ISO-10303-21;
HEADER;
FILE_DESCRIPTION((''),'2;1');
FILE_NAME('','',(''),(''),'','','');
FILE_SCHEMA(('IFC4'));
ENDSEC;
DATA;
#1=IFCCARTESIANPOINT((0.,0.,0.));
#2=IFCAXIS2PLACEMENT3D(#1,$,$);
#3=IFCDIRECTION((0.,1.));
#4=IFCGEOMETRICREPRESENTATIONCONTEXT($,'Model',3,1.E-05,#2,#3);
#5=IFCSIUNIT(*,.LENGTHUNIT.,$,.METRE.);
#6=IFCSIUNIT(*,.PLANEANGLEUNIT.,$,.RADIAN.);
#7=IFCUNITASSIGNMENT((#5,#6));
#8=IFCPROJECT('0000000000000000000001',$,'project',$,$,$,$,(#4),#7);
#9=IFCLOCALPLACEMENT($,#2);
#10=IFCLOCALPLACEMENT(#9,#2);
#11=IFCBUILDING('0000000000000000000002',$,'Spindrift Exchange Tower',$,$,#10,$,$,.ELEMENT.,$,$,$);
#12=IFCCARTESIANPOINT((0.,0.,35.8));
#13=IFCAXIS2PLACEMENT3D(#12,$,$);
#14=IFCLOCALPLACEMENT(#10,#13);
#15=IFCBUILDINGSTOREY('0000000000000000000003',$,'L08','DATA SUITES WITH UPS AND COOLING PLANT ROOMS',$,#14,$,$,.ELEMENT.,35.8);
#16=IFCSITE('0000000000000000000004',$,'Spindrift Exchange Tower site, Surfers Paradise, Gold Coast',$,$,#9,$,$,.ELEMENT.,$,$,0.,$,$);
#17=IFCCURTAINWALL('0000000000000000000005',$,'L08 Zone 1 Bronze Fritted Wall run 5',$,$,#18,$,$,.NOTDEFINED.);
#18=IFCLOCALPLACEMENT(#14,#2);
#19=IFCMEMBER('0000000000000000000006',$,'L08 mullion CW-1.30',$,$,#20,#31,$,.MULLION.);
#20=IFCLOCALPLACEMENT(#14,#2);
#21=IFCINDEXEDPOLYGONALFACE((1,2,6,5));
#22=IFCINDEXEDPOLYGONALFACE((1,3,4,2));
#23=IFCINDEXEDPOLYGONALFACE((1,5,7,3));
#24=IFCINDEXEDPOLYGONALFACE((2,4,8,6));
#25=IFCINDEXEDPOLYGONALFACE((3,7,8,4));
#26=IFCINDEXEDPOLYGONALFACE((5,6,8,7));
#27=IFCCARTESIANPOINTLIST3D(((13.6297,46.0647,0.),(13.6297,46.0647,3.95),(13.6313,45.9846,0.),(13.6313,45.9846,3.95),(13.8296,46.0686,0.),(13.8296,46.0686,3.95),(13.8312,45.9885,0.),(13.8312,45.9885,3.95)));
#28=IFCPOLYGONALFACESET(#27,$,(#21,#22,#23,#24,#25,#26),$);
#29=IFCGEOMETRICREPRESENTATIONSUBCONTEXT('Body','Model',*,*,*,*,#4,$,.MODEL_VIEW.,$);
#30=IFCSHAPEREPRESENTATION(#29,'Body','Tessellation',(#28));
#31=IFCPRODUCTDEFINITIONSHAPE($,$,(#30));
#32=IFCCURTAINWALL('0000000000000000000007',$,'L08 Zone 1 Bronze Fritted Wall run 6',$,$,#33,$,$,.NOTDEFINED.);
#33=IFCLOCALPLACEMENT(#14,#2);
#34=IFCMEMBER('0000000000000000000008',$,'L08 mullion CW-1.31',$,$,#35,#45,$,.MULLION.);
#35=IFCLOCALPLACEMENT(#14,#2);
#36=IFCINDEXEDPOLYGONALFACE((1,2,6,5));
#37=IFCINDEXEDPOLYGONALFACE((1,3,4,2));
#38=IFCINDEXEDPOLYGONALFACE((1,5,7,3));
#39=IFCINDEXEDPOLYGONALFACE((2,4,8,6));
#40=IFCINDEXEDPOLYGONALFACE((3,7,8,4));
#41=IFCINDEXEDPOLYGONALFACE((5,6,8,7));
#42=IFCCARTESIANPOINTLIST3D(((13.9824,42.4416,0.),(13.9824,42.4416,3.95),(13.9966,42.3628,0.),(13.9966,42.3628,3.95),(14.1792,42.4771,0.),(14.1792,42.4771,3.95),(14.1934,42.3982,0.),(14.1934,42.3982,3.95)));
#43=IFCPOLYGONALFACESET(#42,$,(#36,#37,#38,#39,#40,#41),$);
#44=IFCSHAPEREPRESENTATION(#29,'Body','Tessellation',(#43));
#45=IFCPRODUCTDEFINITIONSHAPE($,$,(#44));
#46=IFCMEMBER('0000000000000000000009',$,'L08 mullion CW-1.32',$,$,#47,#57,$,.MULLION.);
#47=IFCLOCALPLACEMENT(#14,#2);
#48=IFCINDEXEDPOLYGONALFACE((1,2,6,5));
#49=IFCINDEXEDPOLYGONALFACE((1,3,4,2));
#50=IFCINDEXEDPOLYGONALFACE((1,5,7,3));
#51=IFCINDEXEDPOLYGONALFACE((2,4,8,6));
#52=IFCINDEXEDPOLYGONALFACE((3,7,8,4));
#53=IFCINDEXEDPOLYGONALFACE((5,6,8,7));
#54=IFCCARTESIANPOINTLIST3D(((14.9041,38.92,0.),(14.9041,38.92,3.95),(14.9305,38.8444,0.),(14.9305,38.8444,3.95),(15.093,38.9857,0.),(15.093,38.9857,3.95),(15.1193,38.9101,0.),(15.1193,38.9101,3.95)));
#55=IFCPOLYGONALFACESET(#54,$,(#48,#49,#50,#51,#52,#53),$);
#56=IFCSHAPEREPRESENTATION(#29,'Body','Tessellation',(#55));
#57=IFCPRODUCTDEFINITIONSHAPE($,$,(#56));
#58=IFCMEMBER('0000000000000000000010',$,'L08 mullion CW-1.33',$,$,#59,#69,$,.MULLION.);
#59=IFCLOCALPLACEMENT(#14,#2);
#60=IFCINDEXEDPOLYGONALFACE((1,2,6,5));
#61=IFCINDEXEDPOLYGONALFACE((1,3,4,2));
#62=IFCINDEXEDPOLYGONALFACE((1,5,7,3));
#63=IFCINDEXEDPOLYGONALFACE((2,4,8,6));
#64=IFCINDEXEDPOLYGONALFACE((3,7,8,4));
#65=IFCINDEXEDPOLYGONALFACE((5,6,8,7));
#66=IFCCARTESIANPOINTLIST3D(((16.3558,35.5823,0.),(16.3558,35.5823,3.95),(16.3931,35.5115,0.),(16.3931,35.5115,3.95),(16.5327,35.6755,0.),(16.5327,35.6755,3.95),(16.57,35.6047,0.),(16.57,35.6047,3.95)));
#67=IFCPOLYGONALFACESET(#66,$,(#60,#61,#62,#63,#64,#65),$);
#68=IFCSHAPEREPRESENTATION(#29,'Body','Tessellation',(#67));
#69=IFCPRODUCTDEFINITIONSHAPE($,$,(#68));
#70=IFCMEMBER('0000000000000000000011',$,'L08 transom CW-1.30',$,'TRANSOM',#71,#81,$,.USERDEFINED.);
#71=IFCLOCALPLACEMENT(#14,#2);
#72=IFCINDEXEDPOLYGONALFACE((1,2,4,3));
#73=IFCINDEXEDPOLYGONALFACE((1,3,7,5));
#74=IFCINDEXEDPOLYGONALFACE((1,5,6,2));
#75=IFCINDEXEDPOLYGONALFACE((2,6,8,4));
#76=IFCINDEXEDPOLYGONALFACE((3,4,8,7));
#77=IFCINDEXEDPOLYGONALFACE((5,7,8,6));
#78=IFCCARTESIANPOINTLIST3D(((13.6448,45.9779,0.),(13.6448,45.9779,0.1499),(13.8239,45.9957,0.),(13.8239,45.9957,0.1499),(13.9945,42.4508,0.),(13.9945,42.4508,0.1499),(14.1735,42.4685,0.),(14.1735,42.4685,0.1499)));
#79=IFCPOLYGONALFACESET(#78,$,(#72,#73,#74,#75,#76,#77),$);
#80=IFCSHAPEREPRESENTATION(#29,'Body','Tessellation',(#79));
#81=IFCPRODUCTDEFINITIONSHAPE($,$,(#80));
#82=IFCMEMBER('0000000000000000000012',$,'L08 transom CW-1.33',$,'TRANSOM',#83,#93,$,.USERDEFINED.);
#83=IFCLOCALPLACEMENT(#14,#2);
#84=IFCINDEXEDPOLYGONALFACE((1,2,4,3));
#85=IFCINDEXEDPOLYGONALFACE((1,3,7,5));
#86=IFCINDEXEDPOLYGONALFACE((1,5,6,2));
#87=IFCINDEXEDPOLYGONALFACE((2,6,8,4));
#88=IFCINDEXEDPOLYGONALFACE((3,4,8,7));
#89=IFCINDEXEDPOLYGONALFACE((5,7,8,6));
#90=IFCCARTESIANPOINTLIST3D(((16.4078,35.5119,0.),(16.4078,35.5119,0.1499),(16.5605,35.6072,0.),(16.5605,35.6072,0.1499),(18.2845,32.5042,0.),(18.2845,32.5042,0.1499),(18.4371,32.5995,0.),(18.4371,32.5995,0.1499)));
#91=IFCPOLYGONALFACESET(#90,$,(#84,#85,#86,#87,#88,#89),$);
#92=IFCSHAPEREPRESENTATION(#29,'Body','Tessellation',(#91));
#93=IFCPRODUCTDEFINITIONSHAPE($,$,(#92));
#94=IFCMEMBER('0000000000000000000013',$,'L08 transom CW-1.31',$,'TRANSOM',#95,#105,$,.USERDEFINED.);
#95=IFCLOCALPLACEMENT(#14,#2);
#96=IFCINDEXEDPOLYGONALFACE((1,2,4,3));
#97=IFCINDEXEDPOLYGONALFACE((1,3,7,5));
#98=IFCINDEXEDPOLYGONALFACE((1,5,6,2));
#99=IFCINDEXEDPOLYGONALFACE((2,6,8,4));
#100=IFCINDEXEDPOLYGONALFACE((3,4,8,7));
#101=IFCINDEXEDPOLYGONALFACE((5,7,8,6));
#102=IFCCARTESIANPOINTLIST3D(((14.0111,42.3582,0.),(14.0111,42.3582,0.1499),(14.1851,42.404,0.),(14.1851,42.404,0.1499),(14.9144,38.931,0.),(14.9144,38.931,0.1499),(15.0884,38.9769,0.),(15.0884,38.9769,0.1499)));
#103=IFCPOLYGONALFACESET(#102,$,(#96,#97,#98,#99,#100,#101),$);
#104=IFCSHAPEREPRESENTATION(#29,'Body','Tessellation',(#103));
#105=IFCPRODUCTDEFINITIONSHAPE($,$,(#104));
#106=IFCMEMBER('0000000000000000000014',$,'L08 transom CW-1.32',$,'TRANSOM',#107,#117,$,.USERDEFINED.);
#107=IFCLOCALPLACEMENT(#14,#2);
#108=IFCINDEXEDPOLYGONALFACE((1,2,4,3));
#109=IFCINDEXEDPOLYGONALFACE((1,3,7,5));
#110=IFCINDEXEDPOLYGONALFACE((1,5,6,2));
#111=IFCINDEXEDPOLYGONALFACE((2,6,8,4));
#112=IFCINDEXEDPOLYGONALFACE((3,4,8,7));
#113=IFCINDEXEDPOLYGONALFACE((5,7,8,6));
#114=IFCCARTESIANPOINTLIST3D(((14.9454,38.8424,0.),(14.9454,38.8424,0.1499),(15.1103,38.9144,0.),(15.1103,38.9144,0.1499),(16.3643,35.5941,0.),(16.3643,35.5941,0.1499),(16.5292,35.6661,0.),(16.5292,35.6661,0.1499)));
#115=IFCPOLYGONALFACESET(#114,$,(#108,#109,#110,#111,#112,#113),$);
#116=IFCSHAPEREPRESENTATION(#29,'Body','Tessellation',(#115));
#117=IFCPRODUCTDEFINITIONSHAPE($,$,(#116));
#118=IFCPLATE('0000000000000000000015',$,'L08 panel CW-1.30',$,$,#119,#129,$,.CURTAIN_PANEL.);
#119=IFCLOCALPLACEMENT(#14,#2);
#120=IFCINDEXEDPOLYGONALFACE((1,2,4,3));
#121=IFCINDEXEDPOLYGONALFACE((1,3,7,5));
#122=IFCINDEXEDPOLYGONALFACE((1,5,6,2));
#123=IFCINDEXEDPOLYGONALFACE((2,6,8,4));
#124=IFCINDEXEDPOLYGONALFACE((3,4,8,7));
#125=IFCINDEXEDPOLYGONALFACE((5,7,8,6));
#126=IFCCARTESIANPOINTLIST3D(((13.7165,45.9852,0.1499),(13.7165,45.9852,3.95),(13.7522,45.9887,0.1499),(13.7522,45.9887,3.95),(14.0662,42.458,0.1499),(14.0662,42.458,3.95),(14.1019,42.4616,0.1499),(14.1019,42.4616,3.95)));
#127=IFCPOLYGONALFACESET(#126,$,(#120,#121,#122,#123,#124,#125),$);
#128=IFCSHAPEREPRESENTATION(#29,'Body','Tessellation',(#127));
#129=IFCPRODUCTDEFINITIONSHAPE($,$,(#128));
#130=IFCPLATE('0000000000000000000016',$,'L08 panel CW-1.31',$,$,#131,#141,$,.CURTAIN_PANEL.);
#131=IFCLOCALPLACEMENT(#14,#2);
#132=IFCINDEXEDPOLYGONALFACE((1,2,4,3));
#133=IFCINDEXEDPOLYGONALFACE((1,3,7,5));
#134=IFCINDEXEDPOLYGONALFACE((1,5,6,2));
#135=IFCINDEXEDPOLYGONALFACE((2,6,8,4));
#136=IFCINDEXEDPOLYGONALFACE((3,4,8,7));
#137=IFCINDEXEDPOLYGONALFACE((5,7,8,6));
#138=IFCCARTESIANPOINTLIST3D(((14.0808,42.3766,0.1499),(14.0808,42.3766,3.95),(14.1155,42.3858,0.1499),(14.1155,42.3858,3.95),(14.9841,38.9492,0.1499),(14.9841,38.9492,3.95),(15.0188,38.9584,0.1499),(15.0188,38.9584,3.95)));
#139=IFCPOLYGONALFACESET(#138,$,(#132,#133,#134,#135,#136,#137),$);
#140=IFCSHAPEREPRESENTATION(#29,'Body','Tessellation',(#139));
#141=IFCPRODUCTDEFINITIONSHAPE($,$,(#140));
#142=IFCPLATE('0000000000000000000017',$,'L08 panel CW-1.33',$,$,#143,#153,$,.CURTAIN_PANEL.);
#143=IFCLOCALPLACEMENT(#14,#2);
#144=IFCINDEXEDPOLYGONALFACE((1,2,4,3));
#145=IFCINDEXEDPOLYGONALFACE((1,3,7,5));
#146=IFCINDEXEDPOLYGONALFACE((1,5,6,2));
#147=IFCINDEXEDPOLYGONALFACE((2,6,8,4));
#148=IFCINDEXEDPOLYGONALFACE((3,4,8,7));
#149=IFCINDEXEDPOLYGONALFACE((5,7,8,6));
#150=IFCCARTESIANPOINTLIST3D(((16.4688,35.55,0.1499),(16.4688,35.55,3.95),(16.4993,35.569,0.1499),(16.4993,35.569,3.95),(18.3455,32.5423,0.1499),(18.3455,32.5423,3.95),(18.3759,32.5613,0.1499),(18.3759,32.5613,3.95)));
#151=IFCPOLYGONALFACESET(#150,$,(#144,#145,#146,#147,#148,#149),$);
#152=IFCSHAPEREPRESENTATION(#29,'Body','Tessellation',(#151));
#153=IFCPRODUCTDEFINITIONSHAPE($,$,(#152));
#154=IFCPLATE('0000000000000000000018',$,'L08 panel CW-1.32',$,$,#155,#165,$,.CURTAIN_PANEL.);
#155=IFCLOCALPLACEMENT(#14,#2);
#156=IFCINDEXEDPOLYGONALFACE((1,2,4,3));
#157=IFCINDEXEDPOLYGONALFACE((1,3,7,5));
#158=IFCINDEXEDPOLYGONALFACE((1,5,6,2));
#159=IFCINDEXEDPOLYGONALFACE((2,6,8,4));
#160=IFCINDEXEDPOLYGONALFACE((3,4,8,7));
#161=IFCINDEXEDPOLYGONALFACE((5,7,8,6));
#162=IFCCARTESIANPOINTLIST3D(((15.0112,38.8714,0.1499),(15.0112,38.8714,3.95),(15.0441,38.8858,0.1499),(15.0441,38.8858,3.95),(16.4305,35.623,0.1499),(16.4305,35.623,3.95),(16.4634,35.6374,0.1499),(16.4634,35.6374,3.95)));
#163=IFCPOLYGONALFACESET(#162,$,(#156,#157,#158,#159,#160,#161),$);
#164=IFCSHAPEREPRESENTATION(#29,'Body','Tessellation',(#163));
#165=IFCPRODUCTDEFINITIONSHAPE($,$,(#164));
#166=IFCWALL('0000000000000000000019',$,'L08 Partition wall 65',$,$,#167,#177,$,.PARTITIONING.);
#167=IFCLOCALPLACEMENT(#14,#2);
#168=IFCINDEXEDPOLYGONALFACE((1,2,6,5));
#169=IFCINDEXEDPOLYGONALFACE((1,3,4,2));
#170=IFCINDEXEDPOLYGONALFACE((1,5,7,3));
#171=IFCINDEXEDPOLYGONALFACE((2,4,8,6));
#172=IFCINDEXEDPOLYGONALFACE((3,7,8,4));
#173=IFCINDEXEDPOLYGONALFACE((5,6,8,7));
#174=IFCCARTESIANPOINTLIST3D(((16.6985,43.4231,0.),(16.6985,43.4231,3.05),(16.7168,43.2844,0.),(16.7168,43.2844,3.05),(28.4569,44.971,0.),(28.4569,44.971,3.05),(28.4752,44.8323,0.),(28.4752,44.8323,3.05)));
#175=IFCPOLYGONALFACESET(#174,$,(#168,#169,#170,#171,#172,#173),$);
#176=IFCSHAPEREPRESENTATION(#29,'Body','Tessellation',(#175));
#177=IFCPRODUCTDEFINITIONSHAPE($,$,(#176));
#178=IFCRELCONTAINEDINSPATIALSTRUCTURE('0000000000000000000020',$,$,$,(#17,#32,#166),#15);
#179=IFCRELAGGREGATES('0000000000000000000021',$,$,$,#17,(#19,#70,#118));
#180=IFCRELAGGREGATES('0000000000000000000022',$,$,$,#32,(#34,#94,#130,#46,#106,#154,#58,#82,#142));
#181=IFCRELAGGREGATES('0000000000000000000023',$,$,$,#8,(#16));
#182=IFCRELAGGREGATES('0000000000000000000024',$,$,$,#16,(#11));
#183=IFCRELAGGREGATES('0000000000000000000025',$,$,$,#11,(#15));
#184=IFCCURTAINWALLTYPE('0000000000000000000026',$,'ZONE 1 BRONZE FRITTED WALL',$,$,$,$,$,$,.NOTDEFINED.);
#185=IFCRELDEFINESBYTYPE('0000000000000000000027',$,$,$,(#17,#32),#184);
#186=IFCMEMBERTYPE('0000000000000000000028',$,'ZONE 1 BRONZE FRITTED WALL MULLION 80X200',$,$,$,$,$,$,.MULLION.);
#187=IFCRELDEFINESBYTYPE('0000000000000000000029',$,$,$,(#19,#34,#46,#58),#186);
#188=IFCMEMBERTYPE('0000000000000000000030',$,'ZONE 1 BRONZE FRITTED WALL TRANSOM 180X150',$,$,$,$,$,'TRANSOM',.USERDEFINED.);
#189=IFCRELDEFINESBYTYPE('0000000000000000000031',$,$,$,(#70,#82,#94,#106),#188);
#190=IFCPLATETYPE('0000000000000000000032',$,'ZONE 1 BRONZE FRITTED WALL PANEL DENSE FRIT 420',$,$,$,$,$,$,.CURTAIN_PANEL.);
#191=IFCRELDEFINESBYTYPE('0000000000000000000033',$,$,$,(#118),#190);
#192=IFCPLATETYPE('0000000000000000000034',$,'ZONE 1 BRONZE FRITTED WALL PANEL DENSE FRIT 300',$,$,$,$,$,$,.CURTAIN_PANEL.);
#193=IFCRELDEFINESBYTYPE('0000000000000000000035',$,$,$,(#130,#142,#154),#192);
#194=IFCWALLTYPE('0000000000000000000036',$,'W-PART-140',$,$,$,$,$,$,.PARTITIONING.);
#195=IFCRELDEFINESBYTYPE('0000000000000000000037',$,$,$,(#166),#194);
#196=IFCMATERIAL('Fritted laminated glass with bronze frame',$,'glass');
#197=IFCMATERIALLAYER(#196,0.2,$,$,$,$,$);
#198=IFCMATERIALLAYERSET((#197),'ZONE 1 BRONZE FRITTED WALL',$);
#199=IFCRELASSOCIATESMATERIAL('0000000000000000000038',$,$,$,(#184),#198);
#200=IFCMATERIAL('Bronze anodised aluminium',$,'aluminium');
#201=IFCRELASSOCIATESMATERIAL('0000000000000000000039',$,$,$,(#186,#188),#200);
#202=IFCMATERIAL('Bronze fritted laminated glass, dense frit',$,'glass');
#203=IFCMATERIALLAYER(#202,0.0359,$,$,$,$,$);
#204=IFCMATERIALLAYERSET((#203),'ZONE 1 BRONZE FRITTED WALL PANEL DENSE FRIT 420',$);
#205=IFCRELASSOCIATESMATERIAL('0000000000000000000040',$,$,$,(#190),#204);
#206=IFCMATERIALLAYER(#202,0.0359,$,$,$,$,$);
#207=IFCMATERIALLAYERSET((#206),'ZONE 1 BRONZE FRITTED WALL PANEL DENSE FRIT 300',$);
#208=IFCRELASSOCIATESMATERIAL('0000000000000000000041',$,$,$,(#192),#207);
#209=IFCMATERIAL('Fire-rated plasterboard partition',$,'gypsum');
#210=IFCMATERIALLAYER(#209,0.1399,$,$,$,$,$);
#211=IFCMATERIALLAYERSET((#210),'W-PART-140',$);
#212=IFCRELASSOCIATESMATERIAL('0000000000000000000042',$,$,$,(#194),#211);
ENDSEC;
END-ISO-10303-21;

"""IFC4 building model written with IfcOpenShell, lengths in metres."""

from ifc_helpers import new_model, si_unit, direction, frame, frame_2d, origin, origin_2d, place, context, subcontext, project, spatial, rectangle, extrude, source, transform, mapped, material, layer, layer_set, material_profile, profile_set, type_object, element, aggregate, save


model = new_model("IFC4")

# Units and contexts
model_context = context("Model", 3, precision=1e-05, world=origin(), true_north=direction((0.0, 1.0)))
body_context = subcontext(model_context, "Body", "Model", "MODEL_VIEW")
ifc_project = project(units=[si_unit("LENGTHUNIT", "METRE"), si_unit("PLANEANGLEUNIT", "RADIAN")], contexts=[model_context])

# Site, building, storey
site_placement = place(None, origin())
site = spatial("IfcSite", under=ifc_project, at=site_placement, Name="Spindrift Exchange Tower site, Surfers Paradise, Gold Coast", CompositionType="ELEMENT", RefElevation=0.0)
building_placement = place(site_placement, origin())
building = spatial("IfcBuilding", under=site, at=building_placement, Name="Spindrift Exchange Tower", CompositionType="ELEMENT")
storey_placement = place(building_placement, frame((0.0, 0.0, 35.8)))
storey = spatial("IfcBuildingStorey", under=building, at=storey_placement, Name="L08", Description="DATA SUITES WITH UPS AND COOLING PLANT ROOMS", CompositionType="ELEMENT", Elevation=35.8)

# Curtain wall, member
ifc_material_1 = material(Name="Fritted laminated glass with bronze frame", Category="glass")
ifc_layer_1 = layer(ifc_material_1, 0.2)
ifc_layer_set_1 = layer_set([ifc_layer_1], Name="ZONE 1 BRONZE FRITTED WALL")
curtain_wall_type = type_object("IfcCurtainWallType", Name="ZONE 1 BRONZE FRITTED WALL", PredefinedType="NOTDEFINED", material=ifc_layer_set_1)
curtain_wall_1_placement = place(storey_placement, origin())
curtain_wall_1 = element("IfcCurtainWall", 1, at=curtain_wall_1_placement, inside=storey, type_object=curtain_wall_type, Name="L08 Zone 1 Bronze Fritted Wall run 5", PredefinedType="NOTDEFINED")
ifc_material_2 = material(Name="Bronze anodised aluminium", Category="aluminium")
ifc_material_profile_1 = material_profile(ifc_material_2, rectangle(XDim=0.0801, YDim=0.2, at=origin_2d()), Name="ZONE 1 BRONZE FRITTED WALL MULLION 80X200")
ifc_profile_set_1 = profile_set([ifc_material_profile_1], Name="Bronze anodised aluminium")
member_type_1 = type_object("IfcMemberType", Name="ZONE 1 BRONZE FRITTED WALL MULLION 80X200", PredefinedType="MULLION", material=ifc_profile_set_1)
shared_shape_1 = source(origin(), body_context, "Body", "SweptSolid", [
    extrude(rectangle(XDim=0.0801, YDim=0.2, at=origin_2d()), origin(), (0.0, 0.0, 1.0), 3.95),
])
member_1_placement = place(storey_placement, frame((13.7305, 46.0266, 0.0), z_axis=(0.0, 0.0, 1.0), x_axis=(0.01939, -0.999812, 0.0)))
member_1 = element("IfcMember", 2, at=member_1_placement, type_object=member_type_1, Name="L08 mullion CW-1.30", PredefinedType="MULLION", context=body_context, shape_type="MappedRepresentation", body=[
    mapped(shared_shape_1, transform((0.0, 0.0, 0.0), scale=1.0)),
])

# Curtain wall, members
curtain_wall_2_placement = place(storey_placement, origin())
curtain_wall_2 = element("IfcCurtainWall", 3, at=curtain_wall_2_placement, inside=storey, type_object=curtain_wall_type, Name="L08 Zone 1 Bronze Fritted Wall run 6", PredefinedType="NOTDEFINED")
member_2_placement = place(storey_placement, frame((14.0879, 42.4199, 0.0), z_axis=(0.0, 0.0, 1.0), x_axis=(0.177317, -0.984154, 0.0)))
member_2 = element("IfcMember", 4, at=member_2_placement, type_object=member_type_1, Name="L08 mullion CW-1.31", PredefinedType="MULLION", context=body_context, shape_type="MappedRepresentation", body=[
    mapped(shared_shape_1, transform((0.0, 0.0, 0.0), scale=1.0)),
])
member_3_placement = place(storey_placement, frame((15.0117, 38.915, 0.0), z_axis=(0.0, 0.0, 1.0), x_axis=(0.328579, -0.944476, 0.0)))
member_3 = element("IfcMember", 5, at=member_3_placement, type_object=member_type_1, Name="L08 mullion CW-1.32", PredefinedType="MULLION", context=body_context, shape_type="MappedRepresentation", body=[
    mapped(shared_shape_1, transform((0.0, 0.0, 0.0), scale=1.0)),
])
member_4_placement = place(storey_placement, frame((16.4629, 35.5935, 0.0), z_axis=(0.0, 0.0, 1.0), x_axis=(0.466095, -0.884735, 0.0)))
member_4 = element("IfcMember", 6, at=member_4_placement, type_object=member_type_1, Name="L08 mullion CW-1.33", PredefinedType="MULLION", context=body_context, shape_type="MappedRepresentation", body=[
    mapped(shared_shape_1, transform((0.0, 0.0, 0.0), scale=1.0)),
])

# Members
ifc_material_profile_2 = material_profile(ifc_material_2, rectangle(XDim=0.1799, YDim=0.1499, at=origin_2d()), Name="ZONE 1 BRONZE FRITTED WALL TRANSOM 180X150")
ifc_profile_set_2 = profile_set([ifc_material_profile_2], Name="Bronze anodised aluminium")
member_type_2 = type_object("IfcMemberType", Name="ZONE 1 BRONZE FRITTED WALL TRANSOM 180X150", ElementType="TRANSOM", PredefinedType="USERDEFINED", material=ifc_profile_set_2)
shared_shape_2 = source(origin(), body_context, "Body", "SweptSolid", [
    extrude(rectangle(XDim=0.1799, YDim=0.1499, at=origin_2d()), origin(), (0.0, 0.0, 1.0), 3.5444),
])
member_5_placement = place(storey_placement, frame((13.7344, 45.9868, 0.075), z_axis=(0.098638, -0.995123, 0.0), x_axis=(0.995123, 0.098638, 0.0)))
member_5 = element("IfcMember", 7, at=member_5_placement, type_object=member_type_2, Name="L08 transom CW-1.30", ObjectType="TRANSOM", PredefinedType="USERDEFINED", context=body_context, shape_type="MappedRepresentation", body=[
    mapped(shared_shape_2, transform((0.0, 0.0, 0.0), scale=1.0)),
])
shared_shape_3 = source(origin(), body_context, "Body", "SweptSolid", [
    extrude(rectangle(XDim=0.1799, YDim=0.1499, at=origin_2d()), origin(), (0.0, 0.0, 1.0), 3.5452),
])
member_6_placement = place(storey_placement, frame((16.4841, 35.5596, 0.075), z_axis=(0.529355, -0.8484, 0.0), x_axis=(0.8484, 0.529355, 0.0)))
member_6 = element("IfcMember", 8, at=member_6_placement, type_object=member_type_2, Name="L08 transom CW-1.33", ObjectType="TRANSOM", PredefinedType="USERDEFINED", context=body_context, shape_type="MappedRepresentation", body=[
    mapped(shared_shape_3, transform((0.0, 0.0, 0.0), scale=1.0)),
])
shared_shape_4 = source(origin(), body_context, "Body", "SweptSolid", [
    extrude(rectangle(XDim=0.1799, YDim=0.1499, at=origin_2d()), origin(), (0.0, 0.0, 1.0), 3.5442),
])
member_7_placement = place(storey_placement, frame((14.0981, 42.3811, 0.075), z_axis=(0.254866, -0.966976, 0.0), x_axis=(0.966976, 0.254866, 0.0)))
member_7 = element("IfcMember", 9, at=member_7_placement, type_object=member_type_2, Name="L08 transom CW-1.31", ObjectType="TRANSOM", PredefinedType="USERDEFINED", context=body_context, shape_type="MappedRepresentation", body=[
    mapped(shared_shape_4, transform((0.0, 0.0, 0.0), scale=1.0)),
])
shared_shape_5 = source(origin(), body_context, "Body", "SweptSolid", [
    extrude(rectangle(XDim=0.1799, YDim=0.1499, at=origin_2d()), origin(), (0.0, 0.0, 1.0), 3.5447),
])
member_8_placement = place(storey_placement, frame((15.0278, 38.8784, 0.075), z_axis=(0.400302, -0.916383, 0.0), x_axis=(0.916383, 0.400302, 0.0)))
member_8 = element("IfcMember", 10, at=member_8_placement, type_object=member_type_2, Name="L08 transom CW-1.32", ObjectType="TRANSOM", PredefinedType="USERDEFINED", context=body_context, shape_type="MappedRepresentation", body=[
    mapped(shared_shape_5, transform((0.0, 0.0, 0.0), scale=1.0)),
])

# Plates
ifc_material_3 = material(Name="Bronze fritted laminated glass, dense frit", Category="glass")
ifc_layer_2 = layer(ifc_material_3, 0.0359)
ifc_layer_set_2 = layer_set([ifc_layer_2], Name="ZONE 1 BRONZE FRITTED WALL PANEL DENSE FRIT 420")
plate_type_1 = type_object("IfcPlateType", Name="ZONE 1 BRONZE FRITTED WALL PANEL DENSE FRIT 420", PredefinedType="CURTAIN_PANEL", material=ifc_layer_set_2)
shared_shape_6 = source(origin(), body_context, "Body", "SweptSolid", [
    extrude(rectangle(XDim=3.5444, YDim=0.0359, at=origin_2d()), origin(), (0.0, 0.0, 1.0), 3.8),
])
plate_1_placement = place(storey_placement, frame((13.9092, 44.2234, 0.1499), z_axis=(0.0, 0.0, 1.0), x_axis=(0.098665, -0.995121, 0.0)))
plate_1 = element("IfcPlate", 11, at=plate_1_placement, type_object=plate_type_1, Name="L08 panel CW-1.30", PredefinedType="CURTAIN_PANEL", context=body_context, shape_type="MappedRepresentation", body=[
    mapped(shared_shape_6, transform((0.0, 0.0, 0.0), scale=1.0)),
])
aggregate(curtain_wall_1, [member_1, member_5, plate_1])
ifc_layer_3 = layer(ifc_material_3, 0.0359)
ifc_layer_set_3 = layer_set([ifc_layer_3], Name="ZONE 1 BRONZE FRITTED WALL PANEL DENSE FRIT 300")
plate_type_2 = type_object("IfcPlateType", Name="ZONE 1 BRONZE FRITTED WALL PANEL DENSE FRIT 300", PredefinedType="CURTAIN_PANEL", material=ifc_layer_set_3)
shared_shape_7 = source(origin(), body_context, "Body", "SweptSolid", [
    extrude(rectangle(XDim=3.5444, YDim=0.0359, at=origin_2d()), origin(), (0.0, 0.0, 1.0), 3.8),
])
plate_2_placement = place(storey_placement, frame((14.5498, 40.6675, 0.1499), z_axis=(0.0, 0.0, 1.0), x_axis=(0.25485, -0.966981, 0.0)))
plate_2 = element("IfcPlate", 12, at=plate_2_placement, type_object=plate_type_2, Name="L08 panel CW-1.31", PredefinedType="CURTAIN_PANEL", context=body_context, shape_type="MappedRepresentation", body=[
    mapped(shared_shape_7, transform((0.0, 0.0, 0.0), scale=1.0)),
])
shared_shape_8 = source(origin(), body_context, "Body", "SweptSolid", [
    extrude(rectangle(XDim=3.5452, YDim=0.0359, at=origin_2d()), origin(), (0.0, 0.0, 1.0), 3.8),
])
plate_3_placement = place(storey_placement, frame((17.4224, 34.0557, 0.1499), z_axis=(0.0, 0.0, 1.0), x_axis=(0.529354, -0.848401, 0.0)))
plate_3 = element("IfcPlate", 13, at=plate_3_placement, type_object=plate_type_2, Name="L08 panel CW-1.33", PredefinedType="CURTAIN_PANEL", context=body_context, shape_type="MappedRepresentation", body=[
    mapped(shared_shape_8, transform((0.0, 0.0, 0.0), scale=1.0)),
])
shared_shape_9 = source(origin(), body_context, "Body", "SweptSolid", [
    extrude(rectangle(XDim=3.5449, YDim=0.0359, at=origin_2d()), origin(), (0.0, 0.0, 1.0), 3.8),
])
plate_4_placement = place(storey_placement, frame((15.7373, 37.2544, 0.1499), z_axis=(0.0, 0.0, 1.0), x_axis=(0.400355, -0.91636, 0.0)))
plate_4 = element("IfcPlate", 14, at=plate_4_placement, type_object=plate_type_2, Name="L08 panel CW-1.32", PredefinedType="CURTAIN_PANEL", context=body_context, shape_type="MappedRepresentation", body=[
    mapped(shared_shape_9, transform((0.0, 0.0, 0.0), scale=1.0)),
])
aggregate(curtain_wall_2, [member_2, member_7, plate_2, member_3, member_8, plate_4, member_4, member_6, plate_3])

# Wall
ifc_material_4 = material(Name="Fire-rated plasterboard partition", Category="gypsum")
ifc_layer_4 = layer(ifc_material_4, 0.1399)
ifc_layer_set_4 = layer_set([ifc_layer_4], Name="W-PART-140")
wall_type_1 = type_object("IfcWallType", Name="W-PART-140", PredefinedType="PARTITIONING", material=ifc_layer_set_4)
wall_1_placement = place(storey_placement, frame((28.4661, 44.9016, 0.0), z_axis=(0.0, 0.0, 1.0), x_axis=(-0.991447, -0.130513, 0.0)))
element("IfcWall", 15, at=wall_1_placement, inside=storey, type_object=wall_type_1, Name="L08 Partition wall 65", PredefinedType="PARTITIONING", context=body_context, shape_type="SweptSolid", body=[
    extrude(rectangle(XDim=11.8599, YDim=0.1399, at=frame_2d((5.9299, 0.0))), origin(), (0.0, 0.0, 1.0), 3.05),
])

save(model, "model.ifc")
